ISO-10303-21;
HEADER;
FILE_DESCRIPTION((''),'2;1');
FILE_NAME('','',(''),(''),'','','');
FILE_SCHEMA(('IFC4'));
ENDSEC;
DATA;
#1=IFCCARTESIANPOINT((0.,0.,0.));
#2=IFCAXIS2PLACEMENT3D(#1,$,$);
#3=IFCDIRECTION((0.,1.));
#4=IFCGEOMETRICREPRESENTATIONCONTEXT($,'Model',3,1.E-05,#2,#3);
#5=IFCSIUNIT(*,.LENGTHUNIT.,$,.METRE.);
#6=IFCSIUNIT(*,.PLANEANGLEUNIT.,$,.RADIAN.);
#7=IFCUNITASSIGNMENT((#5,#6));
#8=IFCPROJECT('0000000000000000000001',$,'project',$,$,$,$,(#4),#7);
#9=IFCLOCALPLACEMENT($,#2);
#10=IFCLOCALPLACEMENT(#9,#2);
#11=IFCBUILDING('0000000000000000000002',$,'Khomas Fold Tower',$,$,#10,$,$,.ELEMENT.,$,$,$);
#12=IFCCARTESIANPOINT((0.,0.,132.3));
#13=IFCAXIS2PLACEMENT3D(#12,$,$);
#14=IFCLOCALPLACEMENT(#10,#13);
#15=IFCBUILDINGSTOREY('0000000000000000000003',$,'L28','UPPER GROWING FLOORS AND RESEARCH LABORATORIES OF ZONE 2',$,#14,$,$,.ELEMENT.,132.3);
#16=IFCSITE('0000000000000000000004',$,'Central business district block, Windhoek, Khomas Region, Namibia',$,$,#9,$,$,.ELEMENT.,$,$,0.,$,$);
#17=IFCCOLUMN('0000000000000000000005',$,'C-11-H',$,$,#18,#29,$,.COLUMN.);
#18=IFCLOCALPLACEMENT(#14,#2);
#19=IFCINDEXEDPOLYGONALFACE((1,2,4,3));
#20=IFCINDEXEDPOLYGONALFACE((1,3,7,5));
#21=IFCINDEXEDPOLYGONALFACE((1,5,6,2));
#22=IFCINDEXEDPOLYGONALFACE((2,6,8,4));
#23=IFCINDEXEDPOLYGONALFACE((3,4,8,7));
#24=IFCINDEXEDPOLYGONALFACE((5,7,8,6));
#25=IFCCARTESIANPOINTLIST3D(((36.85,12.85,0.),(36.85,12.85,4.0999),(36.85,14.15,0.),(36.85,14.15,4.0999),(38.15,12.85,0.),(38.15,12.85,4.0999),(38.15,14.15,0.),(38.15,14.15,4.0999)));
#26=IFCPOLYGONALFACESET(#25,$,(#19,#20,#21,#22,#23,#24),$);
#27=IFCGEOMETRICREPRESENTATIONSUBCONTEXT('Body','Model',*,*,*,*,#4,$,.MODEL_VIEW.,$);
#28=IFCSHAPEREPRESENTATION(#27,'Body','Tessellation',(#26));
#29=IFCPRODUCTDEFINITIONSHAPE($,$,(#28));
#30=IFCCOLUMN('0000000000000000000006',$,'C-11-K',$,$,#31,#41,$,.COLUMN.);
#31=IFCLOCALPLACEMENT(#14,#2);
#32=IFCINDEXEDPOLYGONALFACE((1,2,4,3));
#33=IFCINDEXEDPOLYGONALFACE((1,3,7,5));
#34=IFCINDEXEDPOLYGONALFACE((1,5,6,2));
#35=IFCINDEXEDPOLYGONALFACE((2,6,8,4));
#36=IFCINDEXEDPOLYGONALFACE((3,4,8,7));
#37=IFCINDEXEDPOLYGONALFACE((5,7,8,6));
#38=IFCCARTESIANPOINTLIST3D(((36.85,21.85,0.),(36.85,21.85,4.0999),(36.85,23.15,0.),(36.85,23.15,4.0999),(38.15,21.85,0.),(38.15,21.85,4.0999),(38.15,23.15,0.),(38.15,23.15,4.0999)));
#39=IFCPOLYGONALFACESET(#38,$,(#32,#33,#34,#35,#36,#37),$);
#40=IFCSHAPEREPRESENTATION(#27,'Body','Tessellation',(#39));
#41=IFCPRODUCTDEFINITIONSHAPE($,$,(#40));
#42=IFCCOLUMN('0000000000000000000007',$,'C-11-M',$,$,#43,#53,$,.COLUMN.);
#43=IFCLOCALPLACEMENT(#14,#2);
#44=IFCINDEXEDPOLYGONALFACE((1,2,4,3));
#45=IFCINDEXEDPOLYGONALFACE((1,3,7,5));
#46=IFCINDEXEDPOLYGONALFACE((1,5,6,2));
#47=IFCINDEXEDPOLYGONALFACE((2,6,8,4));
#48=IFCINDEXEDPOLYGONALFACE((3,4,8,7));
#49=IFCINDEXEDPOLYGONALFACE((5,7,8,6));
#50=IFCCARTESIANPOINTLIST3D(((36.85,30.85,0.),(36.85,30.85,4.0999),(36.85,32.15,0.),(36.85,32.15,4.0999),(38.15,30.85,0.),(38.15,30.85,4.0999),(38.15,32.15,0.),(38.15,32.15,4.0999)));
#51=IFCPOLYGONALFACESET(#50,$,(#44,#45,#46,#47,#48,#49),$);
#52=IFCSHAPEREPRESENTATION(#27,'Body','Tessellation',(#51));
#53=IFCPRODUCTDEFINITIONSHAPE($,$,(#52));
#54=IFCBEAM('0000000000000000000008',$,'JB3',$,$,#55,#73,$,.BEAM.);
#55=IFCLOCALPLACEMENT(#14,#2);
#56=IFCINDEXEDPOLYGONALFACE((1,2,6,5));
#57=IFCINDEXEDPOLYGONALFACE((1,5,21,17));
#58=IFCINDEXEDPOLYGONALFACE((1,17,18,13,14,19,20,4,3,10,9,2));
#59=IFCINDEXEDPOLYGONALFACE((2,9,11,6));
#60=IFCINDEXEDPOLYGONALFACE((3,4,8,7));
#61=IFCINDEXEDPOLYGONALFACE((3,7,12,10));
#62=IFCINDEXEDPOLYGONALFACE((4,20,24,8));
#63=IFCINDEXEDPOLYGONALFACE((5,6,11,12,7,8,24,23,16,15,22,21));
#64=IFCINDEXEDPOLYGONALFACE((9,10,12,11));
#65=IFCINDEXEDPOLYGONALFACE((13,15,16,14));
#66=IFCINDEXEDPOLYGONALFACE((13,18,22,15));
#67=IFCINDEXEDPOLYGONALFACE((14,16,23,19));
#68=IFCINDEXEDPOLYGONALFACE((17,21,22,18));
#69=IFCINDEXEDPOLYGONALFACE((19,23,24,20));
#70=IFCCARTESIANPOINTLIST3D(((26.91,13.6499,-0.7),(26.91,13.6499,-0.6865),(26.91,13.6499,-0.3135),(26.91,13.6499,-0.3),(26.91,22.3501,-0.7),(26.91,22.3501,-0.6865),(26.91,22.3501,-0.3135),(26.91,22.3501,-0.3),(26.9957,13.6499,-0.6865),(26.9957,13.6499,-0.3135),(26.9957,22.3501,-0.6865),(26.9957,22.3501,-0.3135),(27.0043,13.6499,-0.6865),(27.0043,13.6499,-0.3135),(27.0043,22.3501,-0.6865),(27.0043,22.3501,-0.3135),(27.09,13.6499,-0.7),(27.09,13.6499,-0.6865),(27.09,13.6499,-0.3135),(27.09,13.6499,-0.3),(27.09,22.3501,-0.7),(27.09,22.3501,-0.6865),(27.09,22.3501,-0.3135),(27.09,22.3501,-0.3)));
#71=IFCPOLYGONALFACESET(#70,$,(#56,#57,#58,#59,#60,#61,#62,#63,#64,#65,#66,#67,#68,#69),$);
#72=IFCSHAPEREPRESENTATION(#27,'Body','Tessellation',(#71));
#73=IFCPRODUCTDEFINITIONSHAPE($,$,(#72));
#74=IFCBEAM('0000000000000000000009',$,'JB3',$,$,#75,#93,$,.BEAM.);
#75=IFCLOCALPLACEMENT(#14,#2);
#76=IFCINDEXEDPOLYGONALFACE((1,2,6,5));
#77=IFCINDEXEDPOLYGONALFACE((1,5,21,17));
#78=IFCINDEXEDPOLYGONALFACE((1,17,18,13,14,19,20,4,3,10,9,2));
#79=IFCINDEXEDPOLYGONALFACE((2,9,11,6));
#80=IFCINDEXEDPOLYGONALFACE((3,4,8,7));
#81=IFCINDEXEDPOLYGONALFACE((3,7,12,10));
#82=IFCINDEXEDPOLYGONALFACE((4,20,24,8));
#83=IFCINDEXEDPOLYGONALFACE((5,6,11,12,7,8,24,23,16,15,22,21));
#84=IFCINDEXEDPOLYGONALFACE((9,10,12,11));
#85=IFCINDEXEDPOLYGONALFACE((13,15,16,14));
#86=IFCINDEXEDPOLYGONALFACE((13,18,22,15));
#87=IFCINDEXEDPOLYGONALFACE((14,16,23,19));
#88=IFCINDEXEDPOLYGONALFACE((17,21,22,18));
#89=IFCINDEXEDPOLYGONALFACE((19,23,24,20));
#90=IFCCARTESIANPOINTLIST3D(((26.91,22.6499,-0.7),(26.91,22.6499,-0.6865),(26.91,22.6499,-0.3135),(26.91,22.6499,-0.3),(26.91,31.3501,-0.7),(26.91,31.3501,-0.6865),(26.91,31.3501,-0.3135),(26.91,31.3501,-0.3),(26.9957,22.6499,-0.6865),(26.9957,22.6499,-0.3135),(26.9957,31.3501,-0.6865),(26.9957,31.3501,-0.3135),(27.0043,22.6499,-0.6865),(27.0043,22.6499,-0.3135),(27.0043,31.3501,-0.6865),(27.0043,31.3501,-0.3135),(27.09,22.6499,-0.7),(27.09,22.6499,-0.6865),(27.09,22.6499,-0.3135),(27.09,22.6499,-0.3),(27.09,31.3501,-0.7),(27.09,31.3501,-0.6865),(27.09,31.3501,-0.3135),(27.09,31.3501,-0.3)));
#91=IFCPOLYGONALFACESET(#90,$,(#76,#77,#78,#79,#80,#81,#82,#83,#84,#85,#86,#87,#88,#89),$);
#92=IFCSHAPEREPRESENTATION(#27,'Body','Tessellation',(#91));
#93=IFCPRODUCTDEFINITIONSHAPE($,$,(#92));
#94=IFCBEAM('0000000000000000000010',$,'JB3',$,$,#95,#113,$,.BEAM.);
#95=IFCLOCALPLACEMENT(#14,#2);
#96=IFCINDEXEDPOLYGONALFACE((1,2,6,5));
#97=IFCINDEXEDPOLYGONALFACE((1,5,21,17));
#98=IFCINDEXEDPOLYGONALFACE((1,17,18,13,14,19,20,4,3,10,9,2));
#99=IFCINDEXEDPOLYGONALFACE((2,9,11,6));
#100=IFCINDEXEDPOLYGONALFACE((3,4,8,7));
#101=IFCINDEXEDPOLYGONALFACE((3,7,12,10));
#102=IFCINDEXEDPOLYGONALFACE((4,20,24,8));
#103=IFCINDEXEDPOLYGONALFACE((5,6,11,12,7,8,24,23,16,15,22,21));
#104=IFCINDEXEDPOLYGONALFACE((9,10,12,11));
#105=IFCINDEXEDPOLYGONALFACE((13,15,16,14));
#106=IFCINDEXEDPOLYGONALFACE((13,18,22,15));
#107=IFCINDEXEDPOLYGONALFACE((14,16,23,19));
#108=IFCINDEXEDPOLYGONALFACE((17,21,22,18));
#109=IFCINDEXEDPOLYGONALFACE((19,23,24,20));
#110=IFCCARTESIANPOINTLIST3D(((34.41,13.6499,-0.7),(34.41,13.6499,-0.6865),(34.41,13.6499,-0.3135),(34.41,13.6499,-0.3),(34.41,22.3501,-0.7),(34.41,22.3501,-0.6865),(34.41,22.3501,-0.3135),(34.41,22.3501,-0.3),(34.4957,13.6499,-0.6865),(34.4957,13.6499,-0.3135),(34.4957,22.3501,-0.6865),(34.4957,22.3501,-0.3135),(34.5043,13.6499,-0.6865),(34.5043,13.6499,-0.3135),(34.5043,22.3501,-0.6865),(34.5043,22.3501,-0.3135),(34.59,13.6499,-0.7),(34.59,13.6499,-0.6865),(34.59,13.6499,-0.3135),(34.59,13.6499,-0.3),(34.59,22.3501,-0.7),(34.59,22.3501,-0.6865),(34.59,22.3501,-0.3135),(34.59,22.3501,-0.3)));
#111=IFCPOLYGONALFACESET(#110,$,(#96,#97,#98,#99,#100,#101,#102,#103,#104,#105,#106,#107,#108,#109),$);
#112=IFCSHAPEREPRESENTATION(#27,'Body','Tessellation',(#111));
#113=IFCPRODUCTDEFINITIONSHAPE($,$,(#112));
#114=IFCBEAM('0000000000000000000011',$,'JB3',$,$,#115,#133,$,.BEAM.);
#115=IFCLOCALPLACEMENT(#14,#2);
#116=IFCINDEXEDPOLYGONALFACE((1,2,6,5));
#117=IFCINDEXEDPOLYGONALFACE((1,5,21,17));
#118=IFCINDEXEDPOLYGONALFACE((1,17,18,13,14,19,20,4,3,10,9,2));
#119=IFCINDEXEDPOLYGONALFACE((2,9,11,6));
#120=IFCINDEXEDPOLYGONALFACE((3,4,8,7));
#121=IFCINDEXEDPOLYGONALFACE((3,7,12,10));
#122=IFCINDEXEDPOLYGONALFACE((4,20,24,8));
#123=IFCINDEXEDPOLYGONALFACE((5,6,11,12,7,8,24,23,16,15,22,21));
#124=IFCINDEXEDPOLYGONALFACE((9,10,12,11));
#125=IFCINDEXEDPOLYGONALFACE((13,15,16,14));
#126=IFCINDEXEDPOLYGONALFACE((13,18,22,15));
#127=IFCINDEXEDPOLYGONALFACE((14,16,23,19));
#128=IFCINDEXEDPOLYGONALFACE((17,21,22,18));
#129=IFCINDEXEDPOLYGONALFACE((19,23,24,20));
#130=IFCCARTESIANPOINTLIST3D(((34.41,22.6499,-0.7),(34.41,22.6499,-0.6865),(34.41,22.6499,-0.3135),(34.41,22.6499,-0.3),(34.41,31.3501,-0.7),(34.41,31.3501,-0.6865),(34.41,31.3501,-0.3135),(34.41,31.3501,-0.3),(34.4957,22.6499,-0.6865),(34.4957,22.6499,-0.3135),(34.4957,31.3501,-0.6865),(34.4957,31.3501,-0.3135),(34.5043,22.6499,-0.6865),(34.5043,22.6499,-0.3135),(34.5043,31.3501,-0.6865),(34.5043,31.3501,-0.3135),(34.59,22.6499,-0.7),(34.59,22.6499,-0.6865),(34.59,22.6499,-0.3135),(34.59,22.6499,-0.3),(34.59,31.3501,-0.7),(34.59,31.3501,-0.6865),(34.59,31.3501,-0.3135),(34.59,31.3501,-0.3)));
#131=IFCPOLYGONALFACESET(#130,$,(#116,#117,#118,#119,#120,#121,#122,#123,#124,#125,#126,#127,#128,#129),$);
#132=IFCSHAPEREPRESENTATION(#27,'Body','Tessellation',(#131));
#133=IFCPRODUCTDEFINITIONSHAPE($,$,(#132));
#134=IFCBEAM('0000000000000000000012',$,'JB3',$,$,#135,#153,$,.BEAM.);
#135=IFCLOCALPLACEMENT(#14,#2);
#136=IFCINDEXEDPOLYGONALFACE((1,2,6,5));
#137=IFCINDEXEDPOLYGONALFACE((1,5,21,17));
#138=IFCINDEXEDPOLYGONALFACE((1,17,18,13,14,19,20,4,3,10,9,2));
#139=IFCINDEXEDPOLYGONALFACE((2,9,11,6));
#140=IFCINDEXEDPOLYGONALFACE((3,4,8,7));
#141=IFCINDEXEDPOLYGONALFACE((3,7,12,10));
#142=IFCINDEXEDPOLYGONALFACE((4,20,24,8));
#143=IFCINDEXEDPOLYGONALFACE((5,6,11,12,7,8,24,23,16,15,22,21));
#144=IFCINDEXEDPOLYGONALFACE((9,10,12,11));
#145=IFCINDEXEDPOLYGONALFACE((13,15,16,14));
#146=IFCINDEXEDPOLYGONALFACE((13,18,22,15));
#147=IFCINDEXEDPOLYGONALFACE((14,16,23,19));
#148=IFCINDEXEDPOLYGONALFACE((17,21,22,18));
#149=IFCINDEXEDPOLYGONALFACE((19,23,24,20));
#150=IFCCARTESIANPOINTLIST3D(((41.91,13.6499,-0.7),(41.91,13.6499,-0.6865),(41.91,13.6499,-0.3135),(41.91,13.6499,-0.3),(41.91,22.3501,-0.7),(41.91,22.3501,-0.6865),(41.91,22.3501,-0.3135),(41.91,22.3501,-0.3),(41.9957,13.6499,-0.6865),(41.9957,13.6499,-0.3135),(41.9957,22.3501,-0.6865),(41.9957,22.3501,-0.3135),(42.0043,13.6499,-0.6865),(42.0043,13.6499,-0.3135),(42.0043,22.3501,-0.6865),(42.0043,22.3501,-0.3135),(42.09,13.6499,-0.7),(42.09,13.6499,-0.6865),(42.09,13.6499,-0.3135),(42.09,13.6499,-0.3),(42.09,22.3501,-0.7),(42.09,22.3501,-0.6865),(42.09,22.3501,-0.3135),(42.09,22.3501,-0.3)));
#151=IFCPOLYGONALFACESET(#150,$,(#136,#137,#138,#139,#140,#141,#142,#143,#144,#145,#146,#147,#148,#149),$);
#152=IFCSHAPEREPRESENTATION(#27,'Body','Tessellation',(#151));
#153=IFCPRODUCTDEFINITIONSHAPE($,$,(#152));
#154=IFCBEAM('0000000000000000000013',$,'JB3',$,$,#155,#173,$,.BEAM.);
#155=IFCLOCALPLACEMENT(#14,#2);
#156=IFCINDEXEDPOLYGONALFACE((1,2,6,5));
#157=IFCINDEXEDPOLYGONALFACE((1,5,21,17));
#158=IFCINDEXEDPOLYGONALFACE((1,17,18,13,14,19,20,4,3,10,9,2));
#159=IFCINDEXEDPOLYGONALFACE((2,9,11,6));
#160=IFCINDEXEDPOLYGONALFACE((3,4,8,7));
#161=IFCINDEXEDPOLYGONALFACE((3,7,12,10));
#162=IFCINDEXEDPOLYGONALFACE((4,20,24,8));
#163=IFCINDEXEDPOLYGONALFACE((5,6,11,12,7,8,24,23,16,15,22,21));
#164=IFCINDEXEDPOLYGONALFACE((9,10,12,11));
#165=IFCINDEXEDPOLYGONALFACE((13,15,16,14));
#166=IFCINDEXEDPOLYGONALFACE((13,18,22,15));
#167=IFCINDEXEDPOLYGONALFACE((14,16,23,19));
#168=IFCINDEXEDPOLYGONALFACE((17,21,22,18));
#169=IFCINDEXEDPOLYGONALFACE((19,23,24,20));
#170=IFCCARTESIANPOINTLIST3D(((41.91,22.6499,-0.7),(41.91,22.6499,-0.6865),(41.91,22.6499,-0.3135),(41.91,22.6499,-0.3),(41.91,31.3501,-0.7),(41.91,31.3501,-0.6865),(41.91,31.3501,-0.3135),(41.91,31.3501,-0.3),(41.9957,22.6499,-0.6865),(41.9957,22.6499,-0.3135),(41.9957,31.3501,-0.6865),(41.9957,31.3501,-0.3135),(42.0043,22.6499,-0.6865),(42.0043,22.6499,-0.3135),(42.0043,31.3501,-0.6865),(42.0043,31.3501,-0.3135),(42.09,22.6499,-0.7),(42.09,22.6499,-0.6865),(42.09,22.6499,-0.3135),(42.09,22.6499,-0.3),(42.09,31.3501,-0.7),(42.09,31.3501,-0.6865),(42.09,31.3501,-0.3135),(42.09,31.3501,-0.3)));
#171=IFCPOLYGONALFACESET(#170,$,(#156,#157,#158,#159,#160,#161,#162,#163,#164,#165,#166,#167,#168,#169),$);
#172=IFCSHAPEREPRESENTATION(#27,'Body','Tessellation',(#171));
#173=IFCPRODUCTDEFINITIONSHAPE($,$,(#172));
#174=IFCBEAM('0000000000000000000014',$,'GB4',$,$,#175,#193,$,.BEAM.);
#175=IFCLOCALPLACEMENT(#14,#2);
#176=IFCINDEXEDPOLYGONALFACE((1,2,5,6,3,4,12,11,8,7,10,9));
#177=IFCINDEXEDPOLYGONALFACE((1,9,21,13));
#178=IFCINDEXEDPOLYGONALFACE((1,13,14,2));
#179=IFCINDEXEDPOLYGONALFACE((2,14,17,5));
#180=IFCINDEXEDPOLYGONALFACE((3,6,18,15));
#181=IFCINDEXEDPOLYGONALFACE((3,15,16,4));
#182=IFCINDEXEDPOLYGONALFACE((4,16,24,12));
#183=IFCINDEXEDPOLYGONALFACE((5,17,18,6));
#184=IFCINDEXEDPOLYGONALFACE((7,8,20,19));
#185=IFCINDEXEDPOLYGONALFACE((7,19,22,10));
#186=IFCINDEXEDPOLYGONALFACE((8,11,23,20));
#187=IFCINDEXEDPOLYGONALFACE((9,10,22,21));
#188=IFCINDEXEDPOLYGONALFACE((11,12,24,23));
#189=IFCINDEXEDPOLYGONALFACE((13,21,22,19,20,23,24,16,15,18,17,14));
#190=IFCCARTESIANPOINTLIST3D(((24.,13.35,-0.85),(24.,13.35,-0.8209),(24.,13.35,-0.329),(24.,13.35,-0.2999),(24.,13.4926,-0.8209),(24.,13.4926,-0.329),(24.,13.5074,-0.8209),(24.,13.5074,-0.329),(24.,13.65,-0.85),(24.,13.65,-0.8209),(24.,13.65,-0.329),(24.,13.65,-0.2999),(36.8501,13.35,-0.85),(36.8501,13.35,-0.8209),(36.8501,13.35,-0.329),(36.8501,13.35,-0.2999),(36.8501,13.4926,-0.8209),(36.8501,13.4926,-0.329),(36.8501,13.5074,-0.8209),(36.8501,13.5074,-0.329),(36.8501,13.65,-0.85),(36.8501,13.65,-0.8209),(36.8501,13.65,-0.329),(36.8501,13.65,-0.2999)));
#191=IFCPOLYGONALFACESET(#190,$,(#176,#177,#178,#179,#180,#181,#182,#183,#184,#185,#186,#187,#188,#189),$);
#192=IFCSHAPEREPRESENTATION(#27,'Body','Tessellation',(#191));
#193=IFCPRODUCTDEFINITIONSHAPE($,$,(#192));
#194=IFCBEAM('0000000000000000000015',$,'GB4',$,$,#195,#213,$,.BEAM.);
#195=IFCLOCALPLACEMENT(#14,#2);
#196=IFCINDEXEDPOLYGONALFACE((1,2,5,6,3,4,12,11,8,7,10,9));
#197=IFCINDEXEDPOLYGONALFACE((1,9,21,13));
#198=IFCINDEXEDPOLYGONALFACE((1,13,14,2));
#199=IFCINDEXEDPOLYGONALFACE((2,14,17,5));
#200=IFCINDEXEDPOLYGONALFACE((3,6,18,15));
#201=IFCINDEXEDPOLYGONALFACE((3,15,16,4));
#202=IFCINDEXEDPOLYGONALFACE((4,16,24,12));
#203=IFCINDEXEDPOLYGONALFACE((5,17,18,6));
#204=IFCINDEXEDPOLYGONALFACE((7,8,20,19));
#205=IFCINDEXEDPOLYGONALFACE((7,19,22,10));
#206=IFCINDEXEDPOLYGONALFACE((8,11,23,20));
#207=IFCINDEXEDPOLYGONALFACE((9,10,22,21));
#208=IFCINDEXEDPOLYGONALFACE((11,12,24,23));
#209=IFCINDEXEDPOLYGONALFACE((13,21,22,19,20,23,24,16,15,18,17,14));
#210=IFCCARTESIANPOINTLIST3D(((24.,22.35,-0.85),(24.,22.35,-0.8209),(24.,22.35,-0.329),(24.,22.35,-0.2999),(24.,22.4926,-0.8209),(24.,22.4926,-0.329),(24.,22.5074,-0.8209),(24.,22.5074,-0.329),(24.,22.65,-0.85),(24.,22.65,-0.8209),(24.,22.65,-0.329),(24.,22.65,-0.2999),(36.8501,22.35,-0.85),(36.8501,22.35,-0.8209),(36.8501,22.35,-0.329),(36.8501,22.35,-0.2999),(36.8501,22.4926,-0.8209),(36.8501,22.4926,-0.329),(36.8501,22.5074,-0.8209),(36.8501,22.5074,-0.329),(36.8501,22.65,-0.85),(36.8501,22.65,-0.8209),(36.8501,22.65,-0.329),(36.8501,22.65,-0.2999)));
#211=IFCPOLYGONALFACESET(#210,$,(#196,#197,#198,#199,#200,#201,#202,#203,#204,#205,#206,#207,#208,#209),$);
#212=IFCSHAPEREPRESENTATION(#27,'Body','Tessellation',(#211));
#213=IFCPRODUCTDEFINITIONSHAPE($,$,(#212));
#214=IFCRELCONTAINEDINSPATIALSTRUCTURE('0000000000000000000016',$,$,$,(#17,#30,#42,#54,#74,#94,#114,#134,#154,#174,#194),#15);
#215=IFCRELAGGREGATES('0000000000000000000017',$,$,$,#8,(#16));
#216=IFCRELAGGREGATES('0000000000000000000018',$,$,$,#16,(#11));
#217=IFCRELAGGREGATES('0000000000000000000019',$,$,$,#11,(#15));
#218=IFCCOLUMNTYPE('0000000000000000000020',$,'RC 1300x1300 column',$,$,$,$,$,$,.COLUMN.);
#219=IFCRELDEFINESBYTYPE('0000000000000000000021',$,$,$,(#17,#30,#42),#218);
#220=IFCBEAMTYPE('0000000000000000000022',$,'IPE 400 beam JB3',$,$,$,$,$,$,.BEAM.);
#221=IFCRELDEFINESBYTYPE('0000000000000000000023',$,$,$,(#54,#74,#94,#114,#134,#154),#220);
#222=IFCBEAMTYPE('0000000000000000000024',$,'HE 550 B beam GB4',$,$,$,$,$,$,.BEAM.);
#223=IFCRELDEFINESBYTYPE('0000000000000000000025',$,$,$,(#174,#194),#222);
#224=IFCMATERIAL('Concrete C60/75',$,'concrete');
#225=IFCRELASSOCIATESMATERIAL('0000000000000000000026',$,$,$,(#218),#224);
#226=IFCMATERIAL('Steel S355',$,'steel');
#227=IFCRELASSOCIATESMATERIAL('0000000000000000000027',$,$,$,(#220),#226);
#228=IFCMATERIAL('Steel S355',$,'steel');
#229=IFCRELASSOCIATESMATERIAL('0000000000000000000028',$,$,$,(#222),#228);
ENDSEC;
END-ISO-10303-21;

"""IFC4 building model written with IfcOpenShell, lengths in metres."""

from ifc_helpers import new_model, si_unit, direction, frame, origin, origin_2d, place, context, subcontext, project, spatial, rectangle, i_section, extrude, source, transform, mapped, material, material_profile, profile_set, type_object, element, save


model = new_model("IFC4")

# Units and contexts
model_context = context("Model", 3, precision=1e-05, world=origin(), true_north=direction((0.0, 1.0)))
body_context = subcontext(model_context, "Body", "Model", "MODEL_VIEW")
ifc_project = project(units=[si_unit("LENGTHUNIT", "METRE"), si_unit("PLANEANGLEUNIT", "RADIAN")], contexts=[model_context])

# Site, building, storey
site_placement = place(None, origin())
site = spatial("IfcSite", under=ifc_project, at=site_placement, Name="Central business district block, Windhoek, Khomas Region, Namibia", CompositionType="ELEMENT", RefElevation=0.0)
building_placement = place(site_placement, origin())
building = spatial("IfcBuilding", under=site, at=building_placement, Name="Khomas Fold Tower", CompositionType="ELEMENT")
storey_placement = place(building_placement, frame((0.0, 0.0, 132.3)))
storey = spatial("IfcBuildingStorey", under=building, at=storey_placement, Name="L28", Description="UPPER GROWING FLOORS AND RESEARCH LABORATORIES OF ZONE 2", CompositionType="ELEMENT", Elevation=132.3)

# Columns
ifc_material_1 = material(Name="Concrete C60/75", Category="concrete")
ifc_material_profile_1 = material_profile(ifc_material_1, rectangle(XDim=1.3, YDim=1.3, at=origin_2d()), Name="RC 1300x1300")
ifc_profile_set_1 = profile_set([ifc_material_profile_1], Name="Concrete C60/75")
column_type = type_object("IfcColumnType", Name="RC 1300x1300 column", PredefinedType="COLUMN", material=ifc_profile_set_1)
shared_shape_1 = source(origin(), body_context, "Body", "SweptSolid", [
    extrude(rectangle(XDim=1.3, YDim=1.3, at=origin_2d()), origin(), (0.0, 0.0, 1.0), 4.0999),
])
for number, where, z_axis, x_axis, name in (
    (1, (37.5, 13.5, 0.0), (0.0, 0.0, 1.0), (1.0, 0.0, 0.0), "C-11-H"),
    (2, (37.5, 22.5, 0.0), (0.0, 0.0, 1.0), (1.0, 0.0, 0.0), "C-11-K"),
    (3, (37.5, 31.5, 0.0), (0.0, 0.0, 1.0), (1.0, 0.0, 0.0), "C-11-M"),
):
    element("IfcColumn", number, at=place(storey_placement, frame(where, z_axis=z_axis, x_axis=x_axis)), inside=storey, type_object=column_type, Name=name, PredefinedType="COLUMN", context=body_context, shape_type="MappedRepresentation", body=[
        mapped(shared_shape_1, transform((0.0, 0.0, 0.0))),
    ])

# Beams
ifc_material_2 = material(Name="Steel S355", Category="steel")
ifc_material_profile_2 = material_profile(ifc_material_2, i_section(OverallWidth=0.1799, OverallDepth=0.3999, WebThickness=0.0085, FlangeThickness=0.0134, at=origin_2d()), Name="IPE 400")
ifc_profile_set_2 = profile_set([ifc_material_profile_2], Name="Steel S355")
beam_type_1 = type_object("IfcBeamType", Name="IPE 400 beam JB3", PredefinedType="BEAM", material=ifc_profile_set_2)
shared_shape_2 = source(origin(), body_context, "Body", "SweptSolid", [
    extrude(i_section(OverallWidth=0.1799, OverallDepth=0.3999, WebThickness=0.0085, FlangeThickness=0.0134, at=origin_2d()), origin(), (0.0, 0.0, 1.0), 8.7002),
])
for number, where, z_axis, x_axis, name in (
    (4, (27.0, 13.6499, -0.5), (0.0, 1.0, 0.0), (-1.0, 0.0, 0.0), "JB3"),
    (5, (27.0, 22.6499, -0.5), (0.0, 1.0, 0.0), (-1.0, 0.0, 0.0), "JB3"),
    (6, (34.5, 13.6499, -0.5), (0.0, 1.0, 0.0), (-1.0, 0.0, 0.0), "JB3"),
    (7, (34.5, 22.6499, -0.5), (0.0, 1.0, 0.0), (-1.0, 0.0, 0.0), "JB3"),
    (8, (42.0, 13.6499, -0.5), (0.0, 1.0, 0.0), (-1.0, 0.0, 0.0), "JB3"),
    (9, (42.0, 22.6499, -0.5), (0.0, 1.0, 0.0), (-1.0, 0.0, 0.0), "JB3"),
):
    element("IfcBeam", number, at=place(storey_placement, frame(where, z_axis=z_axis, x_axis=x_axis)), inside=storey, type_object=beam_type_1, Name=name, PredefinedType="BEAM", context=body_context, shape_type="MappedRepresentation", body=[
        mapped(shared_shape_2, transform((0.0, 0.0, 0.0))),
    ])
ifc_material_3 = material(Name="Steel S355", Category="steel")
ifc_material_profile_3 = material_profile(ifc_material_3, i_section(OverallWidth=0.3, OverallDepth=0.55, WebThickness=0.0149, FlangeThickness=0.0291, at=origin_2d()), Name="HE 550 B")
ifc_profile_set_3 = profile_set([ifc_material_profile_3], Name="Steel S355")
beam_type_2 = type_object("IfcBeamType", Name="HE 550 B beam GB4", PredefinedType="BEAM", material=ifc_profile_set_3)
shared_shape_3 = source(origin(), body_context, "Body", "SweptSolid", [
    extrude(i_section(OverallWidth=0.3, OverallDepth=0.55, WebThickness=0.0149, FlangeThickness=0.0291, at=origin_2d()), origin(), (0.0, 0.0, 1.0), 12.8501),
])
for number, where, z_axis, x_axis, name in (
    (10, (24.0, 13.5, -0.575), (1.0, 0.0, 0.0), (0.0, 1.0, 0.0), "GB4"),
    (11, (24.0, 22.5, -0.575), (1.0, 0.0, 0.0), (0.0, 1.0, 0.0), "GB4"),
):
    element("IfcBeam", number, at=place(storey_placement, frame(where, z_axis=z_axis, x_axis=x_axis)), inside=storey, type_object=beam_type_2, Name=name, PredefinedType="BEAM", context=body_context, shape_type="MappedRepresentation", body=[
        mapped(shared_shape_3, transform((0.0, 0.0, 0.0))),
    ])

save(model, "model.ifc")
